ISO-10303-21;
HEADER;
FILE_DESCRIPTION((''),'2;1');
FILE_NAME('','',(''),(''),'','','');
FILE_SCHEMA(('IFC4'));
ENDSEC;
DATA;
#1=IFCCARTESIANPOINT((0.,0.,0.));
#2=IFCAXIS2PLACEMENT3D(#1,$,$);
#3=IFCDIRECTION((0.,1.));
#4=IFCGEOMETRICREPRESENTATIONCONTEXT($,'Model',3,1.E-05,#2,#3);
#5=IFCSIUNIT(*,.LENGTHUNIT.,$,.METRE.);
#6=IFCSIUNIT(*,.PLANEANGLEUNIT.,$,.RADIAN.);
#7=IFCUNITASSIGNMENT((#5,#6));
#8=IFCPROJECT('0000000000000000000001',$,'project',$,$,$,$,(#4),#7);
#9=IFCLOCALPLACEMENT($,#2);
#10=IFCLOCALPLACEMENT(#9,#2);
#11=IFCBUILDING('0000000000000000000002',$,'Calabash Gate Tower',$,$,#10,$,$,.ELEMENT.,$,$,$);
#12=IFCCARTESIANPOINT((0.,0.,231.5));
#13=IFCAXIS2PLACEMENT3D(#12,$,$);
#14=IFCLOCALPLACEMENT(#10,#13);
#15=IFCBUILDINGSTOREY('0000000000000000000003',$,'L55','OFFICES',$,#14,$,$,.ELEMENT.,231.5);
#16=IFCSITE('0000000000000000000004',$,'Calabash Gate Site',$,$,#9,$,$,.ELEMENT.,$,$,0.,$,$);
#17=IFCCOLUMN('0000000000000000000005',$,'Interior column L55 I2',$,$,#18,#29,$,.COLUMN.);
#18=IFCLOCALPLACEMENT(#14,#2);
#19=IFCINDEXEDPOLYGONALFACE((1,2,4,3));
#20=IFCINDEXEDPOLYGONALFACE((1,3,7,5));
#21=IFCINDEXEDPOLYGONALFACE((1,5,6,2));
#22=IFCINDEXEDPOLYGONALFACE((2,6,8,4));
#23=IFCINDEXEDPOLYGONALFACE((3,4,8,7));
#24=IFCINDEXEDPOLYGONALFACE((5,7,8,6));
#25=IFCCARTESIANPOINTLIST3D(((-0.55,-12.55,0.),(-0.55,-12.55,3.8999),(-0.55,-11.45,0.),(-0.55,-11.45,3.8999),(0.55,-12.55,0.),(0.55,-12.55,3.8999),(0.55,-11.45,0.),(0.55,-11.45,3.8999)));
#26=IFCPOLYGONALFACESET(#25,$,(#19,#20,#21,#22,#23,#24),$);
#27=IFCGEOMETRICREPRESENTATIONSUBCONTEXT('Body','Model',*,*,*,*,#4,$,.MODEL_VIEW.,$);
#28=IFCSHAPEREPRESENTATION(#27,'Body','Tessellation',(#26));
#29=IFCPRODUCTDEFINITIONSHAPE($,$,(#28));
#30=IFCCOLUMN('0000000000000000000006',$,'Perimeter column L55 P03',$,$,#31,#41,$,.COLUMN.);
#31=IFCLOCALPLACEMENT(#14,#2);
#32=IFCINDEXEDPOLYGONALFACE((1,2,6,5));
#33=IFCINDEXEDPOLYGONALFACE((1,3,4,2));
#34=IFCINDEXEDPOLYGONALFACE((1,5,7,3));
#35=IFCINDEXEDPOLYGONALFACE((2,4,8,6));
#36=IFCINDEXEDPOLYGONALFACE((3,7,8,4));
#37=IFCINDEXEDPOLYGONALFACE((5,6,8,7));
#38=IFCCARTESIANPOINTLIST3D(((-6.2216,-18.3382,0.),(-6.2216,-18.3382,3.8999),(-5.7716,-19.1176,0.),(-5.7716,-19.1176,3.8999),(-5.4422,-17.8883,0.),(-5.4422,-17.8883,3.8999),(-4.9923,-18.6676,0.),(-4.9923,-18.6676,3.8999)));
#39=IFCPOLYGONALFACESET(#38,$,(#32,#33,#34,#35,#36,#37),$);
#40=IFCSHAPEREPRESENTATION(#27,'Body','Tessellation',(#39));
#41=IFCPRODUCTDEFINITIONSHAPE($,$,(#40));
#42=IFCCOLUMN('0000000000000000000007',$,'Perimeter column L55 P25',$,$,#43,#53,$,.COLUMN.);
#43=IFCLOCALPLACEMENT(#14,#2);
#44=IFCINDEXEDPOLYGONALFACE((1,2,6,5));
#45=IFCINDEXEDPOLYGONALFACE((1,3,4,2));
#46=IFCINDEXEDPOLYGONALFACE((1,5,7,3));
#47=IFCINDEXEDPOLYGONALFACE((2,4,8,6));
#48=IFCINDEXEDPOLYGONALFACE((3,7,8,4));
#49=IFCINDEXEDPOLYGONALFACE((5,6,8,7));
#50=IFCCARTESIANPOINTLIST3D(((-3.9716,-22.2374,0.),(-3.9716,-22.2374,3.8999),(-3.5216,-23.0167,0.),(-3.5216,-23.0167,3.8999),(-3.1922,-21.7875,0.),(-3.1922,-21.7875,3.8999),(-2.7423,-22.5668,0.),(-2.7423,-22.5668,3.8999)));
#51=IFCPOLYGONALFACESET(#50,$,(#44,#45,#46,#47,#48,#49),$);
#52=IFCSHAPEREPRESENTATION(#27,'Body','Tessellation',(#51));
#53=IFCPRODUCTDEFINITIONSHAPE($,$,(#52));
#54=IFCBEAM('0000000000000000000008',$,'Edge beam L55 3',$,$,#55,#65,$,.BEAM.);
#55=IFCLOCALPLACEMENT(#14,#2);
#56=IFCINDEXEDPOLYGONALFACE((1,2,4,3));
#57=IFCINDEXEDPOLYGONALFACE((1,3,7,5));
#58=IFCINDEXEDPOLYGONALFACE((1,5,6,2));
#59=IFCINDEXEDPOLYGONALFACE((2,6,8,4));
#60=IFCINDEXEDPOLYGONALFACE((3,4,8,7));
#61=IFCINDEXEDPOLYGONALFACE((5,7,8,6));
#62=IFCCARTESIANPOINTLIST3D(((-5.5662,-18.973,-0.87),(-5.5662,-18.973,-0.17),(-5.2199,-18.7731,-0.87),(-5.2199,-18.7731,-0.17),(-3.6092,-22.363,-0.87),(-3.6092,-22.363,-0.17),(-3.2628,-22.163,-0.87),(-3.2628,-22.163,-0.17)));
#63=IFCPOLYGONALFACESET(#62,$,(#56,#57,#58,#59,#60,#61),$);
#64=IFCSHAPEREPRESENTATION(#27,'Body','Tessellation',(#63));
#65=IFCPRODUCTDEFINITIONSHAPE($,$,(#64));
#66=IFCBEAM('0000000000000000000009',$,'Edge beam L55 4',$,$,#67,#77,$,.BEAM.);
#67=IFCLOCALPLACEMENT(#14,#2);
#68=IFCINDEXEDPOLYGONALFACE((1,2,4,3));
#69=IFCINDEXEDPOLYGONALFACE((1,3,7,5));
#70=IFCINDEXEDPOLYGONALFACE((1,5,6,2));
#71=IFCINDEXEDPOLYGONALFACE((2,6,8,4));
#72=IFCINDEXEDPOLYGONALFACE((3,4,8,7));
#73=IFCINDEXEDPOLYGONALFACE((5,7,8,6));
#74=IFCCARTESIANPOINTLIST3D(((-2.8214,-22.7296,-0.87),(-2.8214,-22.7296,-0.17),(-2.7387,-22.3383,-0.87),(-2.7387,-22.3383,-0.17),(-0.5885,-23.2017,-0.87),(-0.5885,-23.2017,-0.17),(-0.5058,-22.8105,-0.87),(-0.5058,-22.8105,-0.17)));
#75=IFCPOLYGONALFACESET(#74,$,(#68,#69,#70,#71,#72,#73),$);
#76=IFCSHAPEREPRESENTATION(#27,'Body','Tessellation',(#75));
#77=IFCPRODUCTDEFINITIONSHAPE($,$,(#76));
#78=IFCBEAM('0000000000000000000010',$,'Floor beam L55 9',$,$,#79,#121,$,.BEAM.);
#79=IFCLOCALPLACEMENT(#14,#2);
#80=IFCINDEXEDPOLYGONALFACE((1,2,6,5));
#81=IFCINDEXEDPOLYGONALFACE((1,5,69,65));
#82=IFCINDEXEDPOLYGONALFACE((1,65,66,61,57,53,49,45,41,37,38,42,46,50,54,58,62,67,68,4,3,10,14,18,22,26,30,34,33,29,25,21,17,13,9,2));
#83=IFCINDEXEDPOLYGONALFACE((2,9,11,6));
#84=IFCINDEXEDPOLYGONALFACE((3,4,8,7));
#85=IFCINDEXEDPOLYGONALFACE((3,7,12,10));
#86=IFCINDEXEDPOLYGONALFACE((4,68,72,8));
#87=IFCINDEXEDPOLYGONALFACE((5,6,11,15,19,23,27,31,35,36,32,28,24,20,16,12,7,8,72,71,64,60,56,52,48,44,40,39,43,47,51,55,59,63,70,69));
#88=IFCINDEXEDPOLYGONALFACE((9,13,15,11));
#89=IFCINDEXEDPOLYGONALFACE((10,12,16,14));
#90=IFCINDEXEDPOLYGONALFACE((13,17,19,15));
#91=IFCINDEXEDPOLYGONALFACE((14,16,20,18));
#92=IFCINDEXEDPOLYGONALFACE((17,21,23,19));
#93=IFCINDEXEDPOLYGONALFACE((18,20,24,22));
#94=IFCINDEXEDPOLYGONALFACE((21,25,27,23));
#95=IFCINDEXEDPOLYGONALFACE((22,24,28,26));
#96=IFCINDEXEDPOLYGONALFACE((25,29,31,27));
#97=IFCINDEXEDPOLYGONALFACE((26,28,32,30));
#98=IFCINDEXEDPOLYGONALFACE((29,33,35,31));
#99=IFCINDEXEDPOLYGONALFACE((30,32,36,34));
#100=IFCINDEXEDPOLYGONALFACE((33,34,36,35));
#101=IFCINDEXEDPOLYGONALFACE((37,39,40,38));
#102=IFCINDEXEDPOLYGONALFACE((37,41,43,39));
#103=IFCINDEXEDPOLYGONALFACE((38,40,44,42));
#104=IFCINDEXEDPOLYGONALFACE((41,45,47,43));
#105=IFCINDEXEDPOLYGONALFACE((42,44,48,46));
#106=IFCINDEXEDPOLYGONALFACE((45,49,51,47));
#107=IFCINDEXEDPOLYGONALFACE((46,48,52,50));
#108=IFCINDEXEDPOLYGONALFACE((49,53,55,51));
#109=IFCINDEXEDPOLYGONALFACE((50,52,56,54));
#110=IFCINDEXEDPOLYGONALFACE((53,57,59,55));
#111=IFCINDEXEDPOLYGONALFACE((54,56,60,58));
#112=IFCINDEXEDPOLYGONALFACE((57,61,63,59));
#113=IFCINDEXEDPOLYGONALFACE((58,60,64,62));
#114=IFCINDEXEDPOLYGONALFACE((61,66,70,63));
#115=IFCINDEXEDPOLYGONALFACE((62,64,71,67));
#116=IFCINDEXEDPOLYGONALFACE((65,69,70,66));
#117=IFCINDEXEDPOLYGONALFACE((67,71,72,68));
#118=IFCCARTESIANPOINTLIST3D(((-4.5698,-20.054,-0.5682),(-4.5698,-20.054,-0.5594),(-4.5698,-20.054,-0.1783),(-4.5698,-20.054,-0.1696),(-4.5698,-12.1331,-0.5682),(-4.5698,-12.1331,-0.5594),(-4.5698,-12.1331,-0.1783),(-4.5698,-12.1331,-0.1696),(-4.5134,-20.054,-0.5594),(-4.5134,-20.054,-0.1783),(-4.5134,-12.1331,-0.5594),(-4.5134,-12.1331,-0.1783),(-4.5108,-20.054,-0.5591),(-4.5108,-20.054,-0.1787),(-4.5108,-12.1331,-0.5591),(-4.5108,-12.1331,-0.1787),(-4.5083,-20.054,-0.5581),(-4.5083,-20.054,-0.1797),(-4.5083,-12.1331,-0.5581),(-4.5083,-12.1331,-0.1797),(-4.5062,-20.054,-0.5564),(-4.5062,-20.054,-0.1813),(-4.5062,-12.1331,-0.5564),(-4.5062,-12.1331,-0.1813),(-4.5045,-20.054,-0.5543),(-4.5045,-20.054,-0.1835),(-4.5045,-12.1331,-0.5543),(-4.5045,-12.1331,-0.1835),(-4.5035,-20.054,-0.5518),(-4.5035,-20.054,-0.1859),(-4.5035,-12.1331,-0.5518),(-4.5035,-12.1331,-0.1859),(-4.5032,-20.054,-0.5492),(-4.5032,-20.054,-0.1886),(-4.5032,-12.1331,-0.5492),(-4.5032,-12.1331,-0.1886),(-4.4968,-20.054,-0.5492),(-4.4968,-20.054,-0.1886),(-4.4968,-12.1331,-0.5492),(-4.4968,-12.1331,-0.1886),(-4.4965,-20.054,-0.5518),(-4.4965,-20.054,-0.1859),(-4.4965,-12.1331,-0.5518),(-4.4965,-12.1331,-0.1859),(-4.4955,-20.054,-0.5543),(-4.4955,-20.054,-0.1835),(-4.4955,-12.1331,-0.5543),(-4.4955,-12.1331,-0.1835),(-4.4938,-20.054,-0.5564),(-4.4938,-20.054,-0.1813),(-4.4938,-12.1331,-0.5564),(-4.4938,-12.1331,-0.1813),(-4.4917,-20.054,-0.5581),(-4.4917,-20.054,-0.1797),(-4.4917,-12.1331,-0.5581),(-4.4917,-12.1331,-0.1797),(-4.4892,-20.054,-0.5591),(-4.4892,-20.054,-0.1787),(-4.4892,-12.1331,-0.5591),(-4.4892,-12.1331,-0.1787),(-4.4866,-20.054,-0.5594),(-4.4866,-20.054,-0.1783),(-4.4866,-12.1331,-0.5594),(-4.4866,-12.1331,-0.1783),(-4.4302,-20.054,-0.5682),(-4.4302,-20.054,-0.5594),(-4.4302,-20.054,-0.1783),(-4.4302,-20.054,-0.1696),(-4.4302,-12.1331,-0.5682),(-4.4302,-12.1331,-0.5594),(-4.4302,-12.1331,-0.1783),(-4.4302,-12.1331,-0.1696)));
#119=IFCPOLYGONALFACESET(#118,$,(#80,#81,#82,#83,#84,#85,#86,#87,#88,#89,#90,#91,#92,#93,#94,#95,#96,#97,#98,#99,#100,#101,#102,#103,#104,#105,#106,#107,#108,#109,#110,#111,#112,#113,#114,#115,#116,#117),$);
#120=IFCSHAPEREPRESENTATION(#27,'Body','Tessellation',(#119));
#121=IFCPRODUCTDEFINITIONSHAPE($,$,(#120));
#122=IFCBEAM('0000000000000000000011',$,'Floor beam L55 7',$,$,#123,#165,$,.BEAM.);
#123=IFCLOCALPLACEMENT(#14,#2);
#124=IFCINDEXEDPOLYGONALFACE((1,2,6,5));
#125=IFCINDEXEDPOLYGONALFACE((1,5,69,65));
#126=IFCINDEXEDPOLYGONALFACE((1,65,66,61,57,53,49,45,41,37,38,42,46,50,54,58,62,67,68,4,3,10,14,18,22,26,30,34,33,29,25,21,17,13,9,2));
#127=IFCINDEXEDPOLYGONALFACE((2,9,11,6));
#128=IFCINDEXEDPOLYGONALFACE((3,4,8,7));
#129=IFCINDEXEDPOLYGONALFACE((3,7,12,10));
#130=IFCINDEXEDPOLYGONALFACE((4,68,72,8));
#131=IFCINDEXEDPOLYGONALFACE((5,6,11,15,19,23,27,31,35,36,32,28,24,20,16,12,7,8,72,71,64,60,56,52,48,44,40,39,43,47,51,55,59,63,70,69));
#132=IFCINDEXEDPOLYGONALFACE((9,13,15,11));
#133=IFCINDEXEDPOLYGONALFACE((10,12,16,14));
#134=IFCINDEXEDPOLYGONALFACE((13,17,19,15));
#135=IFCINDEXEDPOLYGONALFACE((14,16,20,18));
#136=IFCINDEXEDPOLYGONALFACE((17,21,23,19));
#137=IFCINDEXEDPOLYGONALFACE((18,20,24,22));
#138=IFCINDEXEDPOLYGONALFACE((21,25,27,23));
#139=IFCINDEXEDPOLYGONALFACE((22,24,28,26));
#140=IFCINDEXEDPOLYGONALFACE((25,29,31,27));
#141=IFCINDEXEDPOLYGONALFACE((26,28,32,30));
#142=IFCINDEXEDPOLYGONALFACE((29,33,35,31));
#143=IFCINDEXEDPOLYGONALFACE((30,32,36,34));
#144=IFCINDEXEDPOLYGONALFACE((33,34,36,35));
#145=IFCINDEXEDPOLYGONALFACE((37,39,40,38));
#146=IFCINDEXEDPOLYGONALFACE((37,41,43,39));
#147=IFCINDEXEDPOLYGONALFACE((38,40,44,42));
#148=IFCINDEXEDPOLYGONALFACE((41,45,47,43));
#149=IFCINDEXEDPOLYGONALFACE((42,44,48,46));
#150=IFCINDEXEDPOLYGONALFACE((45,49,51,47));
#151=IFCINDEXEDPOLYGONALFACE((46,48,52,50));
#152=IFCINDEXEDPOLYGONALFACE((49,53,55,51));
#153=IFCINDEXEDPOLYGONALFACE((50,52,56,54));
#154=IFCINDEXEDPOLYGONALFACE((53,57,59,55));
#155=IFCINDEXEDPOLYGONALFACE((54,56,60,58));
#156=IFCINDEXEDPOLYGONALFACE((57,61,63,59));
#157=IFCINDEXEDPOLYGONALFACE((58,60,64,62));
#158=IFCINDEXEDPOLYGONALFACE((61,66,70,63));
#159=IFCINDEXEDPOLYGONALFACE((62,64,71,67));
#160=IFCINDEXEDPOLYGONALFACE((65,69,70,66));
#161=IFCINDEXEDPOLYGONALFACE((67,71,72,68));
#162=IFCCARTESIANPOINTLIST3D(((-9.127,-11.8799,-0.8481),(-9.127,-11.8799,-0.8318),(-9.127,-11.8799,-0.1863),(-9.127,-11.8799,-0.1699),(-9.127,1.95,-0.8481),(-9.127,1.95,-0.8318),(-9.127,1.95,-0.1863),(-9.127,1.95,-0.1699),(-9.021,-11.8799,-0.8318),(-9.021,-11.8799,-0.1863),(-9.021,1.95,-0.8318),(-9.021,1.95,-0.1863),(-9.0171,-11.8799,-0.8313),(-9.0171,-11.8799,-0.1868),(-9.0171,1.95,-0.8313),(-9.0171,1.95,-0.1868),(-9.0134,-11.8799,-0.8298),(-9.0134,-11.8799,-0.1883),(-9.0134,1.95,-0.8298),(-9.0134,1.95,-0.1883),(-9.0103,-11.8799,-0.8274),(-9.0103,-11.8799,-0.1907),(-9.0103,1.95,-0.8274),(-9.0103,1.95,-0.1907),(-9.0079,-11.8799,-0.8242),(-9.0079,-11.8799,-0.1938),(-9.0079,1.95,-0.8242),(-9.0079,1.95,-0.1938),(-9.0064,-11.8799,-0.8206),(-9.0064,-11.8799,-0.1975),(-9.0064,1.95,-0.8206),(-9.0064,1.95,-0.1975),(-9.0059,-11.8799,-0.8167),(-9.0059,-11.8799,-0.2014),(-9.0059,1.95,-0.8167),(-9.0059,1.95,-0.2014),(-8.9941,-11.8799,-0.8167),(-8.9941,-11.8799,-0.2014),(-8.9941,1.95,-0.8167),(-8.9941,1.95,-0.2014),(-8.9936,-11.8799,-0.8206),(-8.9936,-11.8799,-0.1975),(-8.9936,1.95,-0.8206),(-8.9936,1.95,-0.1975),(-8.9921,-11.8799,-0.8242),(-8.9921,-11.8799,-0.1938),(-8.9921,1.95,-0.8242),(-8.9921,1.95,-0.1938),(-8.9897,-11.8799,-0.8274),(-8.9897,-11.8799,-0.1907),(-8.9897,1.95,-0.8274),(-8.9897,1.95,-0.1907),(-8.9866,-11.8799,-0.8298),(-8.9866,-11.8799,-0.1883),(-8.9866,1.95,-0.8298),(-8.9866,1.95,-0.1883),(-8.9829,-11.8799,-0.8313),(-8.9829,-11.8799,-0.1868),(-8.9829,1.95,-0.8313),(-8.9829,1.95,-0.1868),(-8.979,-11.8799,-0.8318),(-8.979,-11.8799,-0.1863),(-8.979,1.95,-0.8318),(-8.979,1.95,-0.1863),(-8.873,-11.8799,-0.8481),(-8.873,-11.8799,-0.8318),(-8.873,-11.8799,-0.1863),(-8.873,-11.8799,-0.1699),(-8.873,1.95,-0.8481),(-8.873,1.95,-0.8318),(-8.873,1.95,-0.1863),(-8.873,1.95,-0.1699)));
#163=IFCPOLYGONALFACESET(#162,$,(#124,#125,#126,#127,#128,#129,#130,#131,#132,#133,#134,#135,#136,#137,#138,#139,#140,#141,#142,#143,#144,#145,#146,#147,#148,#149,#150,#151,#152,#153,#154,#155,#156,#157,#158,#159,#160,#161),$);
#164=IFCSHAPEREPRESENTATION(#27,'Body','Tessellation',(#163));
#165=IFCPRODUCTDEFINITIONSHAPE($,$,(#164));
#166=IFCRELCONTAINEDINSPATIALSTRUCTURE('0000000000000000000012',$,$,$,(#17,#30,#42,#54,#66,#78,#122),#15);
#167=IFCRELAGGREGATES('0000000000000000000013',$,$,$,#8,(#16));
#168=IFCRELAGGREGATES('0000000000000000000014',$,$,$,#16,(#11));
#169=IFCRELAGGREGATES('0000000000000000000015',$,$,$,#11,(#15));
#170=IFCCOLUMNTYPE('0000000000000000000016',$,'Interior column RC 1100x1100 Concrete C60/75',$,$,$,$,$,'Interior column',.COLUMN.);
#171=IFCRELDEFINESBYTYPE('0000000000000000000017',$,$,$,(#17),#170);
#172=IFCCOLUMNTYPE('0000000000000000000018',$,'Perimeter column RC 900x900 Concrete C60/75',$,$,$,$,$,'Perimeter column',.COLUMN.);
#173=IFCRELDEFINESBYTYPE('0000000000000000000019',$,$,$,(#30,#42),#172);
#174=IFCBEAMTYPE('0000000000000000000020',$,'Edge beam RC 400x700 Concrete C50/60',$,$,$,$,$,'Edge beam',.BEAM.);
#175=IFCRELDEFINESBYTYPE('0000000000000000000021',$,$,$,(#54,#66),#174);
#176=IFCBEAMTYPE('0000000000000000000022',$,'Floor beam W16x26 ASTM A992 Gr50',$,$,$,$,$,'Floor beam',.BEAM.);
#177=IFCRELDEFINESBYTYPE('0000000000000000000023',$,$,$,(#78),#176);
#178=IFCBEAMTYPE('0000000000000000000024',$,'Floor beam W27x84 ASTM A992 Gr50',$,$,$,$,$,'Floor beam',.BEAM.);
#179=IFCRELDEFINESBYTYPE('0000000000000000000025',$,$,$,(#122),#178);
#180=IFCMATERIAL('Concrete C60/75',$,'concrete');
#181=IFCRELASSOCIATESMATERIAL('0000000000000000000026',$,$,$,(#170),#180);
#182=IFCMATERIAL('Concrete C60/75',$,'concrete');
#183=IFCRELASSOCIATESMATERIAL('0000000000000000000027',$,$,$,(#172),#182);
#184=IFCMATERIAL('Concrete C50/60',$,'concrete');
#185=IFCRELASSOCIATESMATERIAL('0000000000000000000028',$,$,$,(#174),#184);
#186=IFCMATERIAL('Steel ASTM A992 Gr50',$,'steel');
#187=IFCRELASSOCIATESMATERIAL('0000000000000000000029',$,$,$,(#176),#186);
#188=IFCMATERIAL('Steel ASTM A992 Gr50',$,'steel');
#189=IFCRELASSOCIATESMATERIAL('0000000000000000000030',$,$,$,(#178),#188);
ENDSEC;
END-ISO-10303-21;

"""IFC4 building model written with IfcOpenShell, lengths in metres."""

from ifc_helpers import new_model, si_unit, direction, frame, origin, origin_2d, place, context, subcontext, project, spatial, rectangle, i_section, extrude, material, material_profile, profile_set, type_object, element, save


model = new_model("IFC4")

# Units and contexts
model_context = context("Model", 3, precision=1e-05, world=origin(), true_north=direction((0.0, 1.0)))
body_context = subcontext(model_context, "Body", "Model", "MODEL_VIEW")
ifc_project = project(units=[si_unit("LENGTHUNIT", "METRE"), si_unit("PLANEANGLEUNIT", "RADIAN")], contexts=[model_context])

# Site, building, storey
site_placement = place(None, origin())
site = spatial("IfcSite", under=ifc_project, at=site_placement, Name="Calabash Gate Site", CompositionType="ELEMENT", RefElevation=0.0)
building_placement = place(site_placement, origin())
building = spatial("IfcBuilding", under=site, at=building_placement, Name="Calabash Gate Tower", CompositionType="ELEMENT")
storey_placement = place(building_placement, frame((0.0, 0.0, 231.5)))
storey = spatial("IfcBuildingStorey", under=building, at=storey_placement, Name="L55", Description="OFFICES", CompositionType="ELEMENT", Elevation=231.5)

# Columns
ifc_material_1 = material(Name="Concrete C60/75", Category="concrete")
ifc_material_profile_1 = material_profile(ifc_material_1, rectangle(XDim=1.1001, YDim=1.1001, at=origin_2d()))
ifc_profile_set_1 = profile_set([ifc_material_profile_1], Name="Concrete C60/75")
column_type_1 = type_object("IfcColumnType", Name="Interior column RC 1100x1100 Concrete C60/75", ElementType="Interior column", PredefinedType="COLUMN", material=ifc_profile_set_1)
column_placement = place(storey_placement, frame((0.0, -12.0, 0.0), z_axis=(0.0, 0.0, 1.0), x_axis=(1.0, 0.0, 0.0)))
element("IfcColumn", 1, at=column_placement, inside=storey, type_object=column_type_1, Name="Interior column L55 I2", PredefinedType="COLUMN", context=body_context, shape_type="SweptSolid", body=[
    extrude(rectangle(XDim=1.1001, YDim=1.1001, at=origin_2d()), origin(), (0.0, 0.0, 1.0), 3.8999),
])
ifc_material_2 = material(Name="Concrete C60/75", Category="concrete")
ifc_material_profile_2 = material_profile(ifc_material_2, rectangle(XDim=0.8999, YDim=0.8999, at=origin_2d()))
ifc_profile_set_2 = profile_set([ifc_material_profile_2], Name="Concrete C60/75")
column_type_2 = type_object("IfcColumnType", Name="Perimeter column RC 900x900 Concrete C60/75", ElementType="Perimeter column", PredefinedType="COLUMN", material=ifc_profile_set_2)
for number, where, z_axis, x_axis, name in (
    (2, (-5.6069, -18.5029, 0.0), (0.0, 0.0, 1.0), (0.5, -0.866025, 0.0), "Perimeter column L55 P03"),
    (3, (-3.3569, -22.4021, 0.0), (0.0, 0.0, 1.0), (0.5, -0.866025, 0.0), "Perimeter column L55 P25"),
):
    element("IfcColumn", number, at=place(storey_placement, frame(where, z_axis=z_axis, x_axis=x_axis)), inside=storey, type_object=column_type_2, Name=name, PredefinedType="COLUMN", context=body_context, shape_type="SweptSolid", body=[
        extrude(rectangle(XDim=0.8999, YDim=0.8999, at=origin_2d()), origin(), (0.0, 0.0, 1.0), 3.8999),
    ])

# Beams
ifc_material_3 = material(Name="Concrete C50/60", Category="concrete")
ifc_material_profile_3 = material_profile(ifc_material_3, rectangle(XDim=0.3999, YDim=0.7, at=origin_2d()))
ifc_profile_set_3 = profile_set([ifc_material_profile_3], Name="Concrete C50/60")
beam_type_1 = type_object("IfcBeamType", Name="Edge beam RC 400x700 Concrete C50/60", ElementType="Edge beam", PredefinedType="BEAM", material=ifc_profile_set_3)
beam_1_placement = place(storey_placement, frame((-5.3931, -18.873, -0.52), z_axis=(0.499976, -0.866039, 0.0), x_axis=(0.866039, 0.499976, 0.0)))
element("IfcBeam", 4, at=beam_1_placement, inside=storey, type_object=beam_type_1, Name="Edge beam L55 3", PredefinedType="BEAM", context=body_context, shape_type="SweptSolid", body=[
    extrude(rectangle(XDim=0.3999, YDim=0.7, at=origin_2d()), origin(), (0.0, 0.0, 1.0), 3.9143),
])
beam_2_placement = place(storey_placement, frame((-2.78, -22.5339, -0.52), z_axis=(0.978366, -0.206884, 0.0), x_axis=(0.206884, 0.978366, 0.0)))
element("IfcBeam", 5, at=beam_2_placement, inside=storey, type_object=beam_type_1, Name="Edge beam L55 4", PredefinedType="BEAM", context=body_context, shape_type="SweptSolid", body=[
    extrude(rectangle(XDim=0.3999, YDim=0.7, at=origin_2d()), origin(), (0.0, 0.0, 1.0), 2.2822),
])
ifc_material_4 = material(Name="Steel ASTM A992 Gr50", Category="steel")
ifc_material_profile_4 = material_profile(ifc_material_4, i_section(OverallWidth=0.1396, OverallDepth=0.3987, WebThickness=0.0063, FlangeThickness=0.0088, FilletRadius=0.0103, at=origin_2d()))
ifc_profile_set_4 = profile_set([ifc_material_profile_4], Name="Steel ASTM A992 Gr50")
beam_type_2 = type_object("IfcBeamType", Name="Floor beam W16x26 ASTM A992 Gr50", ElementType="Floor beam", PredefinedType="BEAM", material=ifc_profile_set_4)
beam_3_placement = place(storey_placement, frame((-4.5, -20.054, -0.3689), z_axis=(0.0, 1.0, 0.0), x_axis=(-1.0, 0.0, 0.0)))
element("IfcBeam", 6, at=beam_3_placement, inside=storey, type_object=beam_type_2, Name="Floor beam L55 9", PredefinedType="BEAM", context=body_context, shape_type="SweptSolid", body=[
    extrude(i_section(OverallWidth=0.1396, OverallDepth=0.3987, WebThickness=0.0063, FlangeThickness=0.0088, FilletRadius=0.0103, at=origin_2d()), origin(), (0.0, 0.0, 1.0), 7.9209),
])
ifc_material_5 = material(Name="Steel ASTM A992 Gr50", Category="steel")
ifc_material_profile_5 = material_profile(ifc_material_5, i_section(OverallWidth=0.2539, OverallDepth=0.6782, WebThickness=0.0117, FlangeThickness=0.0164, FilletRadius=0.0151, at=origin_2d()))
ifc_profile_set_5 = profile_set([ifc_material_profile_5], Name="Steel ASTM A992 Gr50")
beam_type_3 = type_object("IfcBeamType", Name="Floor beam W27x84 ASTM A992 Gr50", ElementType="Floor beam", PredefinedType="BEAM", material=ifc_profile_set_5)
beam_4_placement = place(storey_placement, frame((-9.0, -11.8799, -0.509), z_axis=(0.0, 1.0, 0.0), x_axis=(-1.0, 0.0, 0.0)))
element("IfcBeam", 7, at=beam_4_placement, inside=storey, type_object=beam_type_3, Name="Floor beam L55 7", PredefinedType="BEAM", context=body_context, shape_type="SweptSolid", body=[
    extrude(i_section(OverallWidth=0.2539, OverallDepth=0.6782, WebThickness=0.0117, FlangeThickness=0.0164, FilletRadius=0.0151, at=origin_2d()), origin(), (0.0, 0.0, 1.0), 13.8298),
])

save(model, "model.ifc")
